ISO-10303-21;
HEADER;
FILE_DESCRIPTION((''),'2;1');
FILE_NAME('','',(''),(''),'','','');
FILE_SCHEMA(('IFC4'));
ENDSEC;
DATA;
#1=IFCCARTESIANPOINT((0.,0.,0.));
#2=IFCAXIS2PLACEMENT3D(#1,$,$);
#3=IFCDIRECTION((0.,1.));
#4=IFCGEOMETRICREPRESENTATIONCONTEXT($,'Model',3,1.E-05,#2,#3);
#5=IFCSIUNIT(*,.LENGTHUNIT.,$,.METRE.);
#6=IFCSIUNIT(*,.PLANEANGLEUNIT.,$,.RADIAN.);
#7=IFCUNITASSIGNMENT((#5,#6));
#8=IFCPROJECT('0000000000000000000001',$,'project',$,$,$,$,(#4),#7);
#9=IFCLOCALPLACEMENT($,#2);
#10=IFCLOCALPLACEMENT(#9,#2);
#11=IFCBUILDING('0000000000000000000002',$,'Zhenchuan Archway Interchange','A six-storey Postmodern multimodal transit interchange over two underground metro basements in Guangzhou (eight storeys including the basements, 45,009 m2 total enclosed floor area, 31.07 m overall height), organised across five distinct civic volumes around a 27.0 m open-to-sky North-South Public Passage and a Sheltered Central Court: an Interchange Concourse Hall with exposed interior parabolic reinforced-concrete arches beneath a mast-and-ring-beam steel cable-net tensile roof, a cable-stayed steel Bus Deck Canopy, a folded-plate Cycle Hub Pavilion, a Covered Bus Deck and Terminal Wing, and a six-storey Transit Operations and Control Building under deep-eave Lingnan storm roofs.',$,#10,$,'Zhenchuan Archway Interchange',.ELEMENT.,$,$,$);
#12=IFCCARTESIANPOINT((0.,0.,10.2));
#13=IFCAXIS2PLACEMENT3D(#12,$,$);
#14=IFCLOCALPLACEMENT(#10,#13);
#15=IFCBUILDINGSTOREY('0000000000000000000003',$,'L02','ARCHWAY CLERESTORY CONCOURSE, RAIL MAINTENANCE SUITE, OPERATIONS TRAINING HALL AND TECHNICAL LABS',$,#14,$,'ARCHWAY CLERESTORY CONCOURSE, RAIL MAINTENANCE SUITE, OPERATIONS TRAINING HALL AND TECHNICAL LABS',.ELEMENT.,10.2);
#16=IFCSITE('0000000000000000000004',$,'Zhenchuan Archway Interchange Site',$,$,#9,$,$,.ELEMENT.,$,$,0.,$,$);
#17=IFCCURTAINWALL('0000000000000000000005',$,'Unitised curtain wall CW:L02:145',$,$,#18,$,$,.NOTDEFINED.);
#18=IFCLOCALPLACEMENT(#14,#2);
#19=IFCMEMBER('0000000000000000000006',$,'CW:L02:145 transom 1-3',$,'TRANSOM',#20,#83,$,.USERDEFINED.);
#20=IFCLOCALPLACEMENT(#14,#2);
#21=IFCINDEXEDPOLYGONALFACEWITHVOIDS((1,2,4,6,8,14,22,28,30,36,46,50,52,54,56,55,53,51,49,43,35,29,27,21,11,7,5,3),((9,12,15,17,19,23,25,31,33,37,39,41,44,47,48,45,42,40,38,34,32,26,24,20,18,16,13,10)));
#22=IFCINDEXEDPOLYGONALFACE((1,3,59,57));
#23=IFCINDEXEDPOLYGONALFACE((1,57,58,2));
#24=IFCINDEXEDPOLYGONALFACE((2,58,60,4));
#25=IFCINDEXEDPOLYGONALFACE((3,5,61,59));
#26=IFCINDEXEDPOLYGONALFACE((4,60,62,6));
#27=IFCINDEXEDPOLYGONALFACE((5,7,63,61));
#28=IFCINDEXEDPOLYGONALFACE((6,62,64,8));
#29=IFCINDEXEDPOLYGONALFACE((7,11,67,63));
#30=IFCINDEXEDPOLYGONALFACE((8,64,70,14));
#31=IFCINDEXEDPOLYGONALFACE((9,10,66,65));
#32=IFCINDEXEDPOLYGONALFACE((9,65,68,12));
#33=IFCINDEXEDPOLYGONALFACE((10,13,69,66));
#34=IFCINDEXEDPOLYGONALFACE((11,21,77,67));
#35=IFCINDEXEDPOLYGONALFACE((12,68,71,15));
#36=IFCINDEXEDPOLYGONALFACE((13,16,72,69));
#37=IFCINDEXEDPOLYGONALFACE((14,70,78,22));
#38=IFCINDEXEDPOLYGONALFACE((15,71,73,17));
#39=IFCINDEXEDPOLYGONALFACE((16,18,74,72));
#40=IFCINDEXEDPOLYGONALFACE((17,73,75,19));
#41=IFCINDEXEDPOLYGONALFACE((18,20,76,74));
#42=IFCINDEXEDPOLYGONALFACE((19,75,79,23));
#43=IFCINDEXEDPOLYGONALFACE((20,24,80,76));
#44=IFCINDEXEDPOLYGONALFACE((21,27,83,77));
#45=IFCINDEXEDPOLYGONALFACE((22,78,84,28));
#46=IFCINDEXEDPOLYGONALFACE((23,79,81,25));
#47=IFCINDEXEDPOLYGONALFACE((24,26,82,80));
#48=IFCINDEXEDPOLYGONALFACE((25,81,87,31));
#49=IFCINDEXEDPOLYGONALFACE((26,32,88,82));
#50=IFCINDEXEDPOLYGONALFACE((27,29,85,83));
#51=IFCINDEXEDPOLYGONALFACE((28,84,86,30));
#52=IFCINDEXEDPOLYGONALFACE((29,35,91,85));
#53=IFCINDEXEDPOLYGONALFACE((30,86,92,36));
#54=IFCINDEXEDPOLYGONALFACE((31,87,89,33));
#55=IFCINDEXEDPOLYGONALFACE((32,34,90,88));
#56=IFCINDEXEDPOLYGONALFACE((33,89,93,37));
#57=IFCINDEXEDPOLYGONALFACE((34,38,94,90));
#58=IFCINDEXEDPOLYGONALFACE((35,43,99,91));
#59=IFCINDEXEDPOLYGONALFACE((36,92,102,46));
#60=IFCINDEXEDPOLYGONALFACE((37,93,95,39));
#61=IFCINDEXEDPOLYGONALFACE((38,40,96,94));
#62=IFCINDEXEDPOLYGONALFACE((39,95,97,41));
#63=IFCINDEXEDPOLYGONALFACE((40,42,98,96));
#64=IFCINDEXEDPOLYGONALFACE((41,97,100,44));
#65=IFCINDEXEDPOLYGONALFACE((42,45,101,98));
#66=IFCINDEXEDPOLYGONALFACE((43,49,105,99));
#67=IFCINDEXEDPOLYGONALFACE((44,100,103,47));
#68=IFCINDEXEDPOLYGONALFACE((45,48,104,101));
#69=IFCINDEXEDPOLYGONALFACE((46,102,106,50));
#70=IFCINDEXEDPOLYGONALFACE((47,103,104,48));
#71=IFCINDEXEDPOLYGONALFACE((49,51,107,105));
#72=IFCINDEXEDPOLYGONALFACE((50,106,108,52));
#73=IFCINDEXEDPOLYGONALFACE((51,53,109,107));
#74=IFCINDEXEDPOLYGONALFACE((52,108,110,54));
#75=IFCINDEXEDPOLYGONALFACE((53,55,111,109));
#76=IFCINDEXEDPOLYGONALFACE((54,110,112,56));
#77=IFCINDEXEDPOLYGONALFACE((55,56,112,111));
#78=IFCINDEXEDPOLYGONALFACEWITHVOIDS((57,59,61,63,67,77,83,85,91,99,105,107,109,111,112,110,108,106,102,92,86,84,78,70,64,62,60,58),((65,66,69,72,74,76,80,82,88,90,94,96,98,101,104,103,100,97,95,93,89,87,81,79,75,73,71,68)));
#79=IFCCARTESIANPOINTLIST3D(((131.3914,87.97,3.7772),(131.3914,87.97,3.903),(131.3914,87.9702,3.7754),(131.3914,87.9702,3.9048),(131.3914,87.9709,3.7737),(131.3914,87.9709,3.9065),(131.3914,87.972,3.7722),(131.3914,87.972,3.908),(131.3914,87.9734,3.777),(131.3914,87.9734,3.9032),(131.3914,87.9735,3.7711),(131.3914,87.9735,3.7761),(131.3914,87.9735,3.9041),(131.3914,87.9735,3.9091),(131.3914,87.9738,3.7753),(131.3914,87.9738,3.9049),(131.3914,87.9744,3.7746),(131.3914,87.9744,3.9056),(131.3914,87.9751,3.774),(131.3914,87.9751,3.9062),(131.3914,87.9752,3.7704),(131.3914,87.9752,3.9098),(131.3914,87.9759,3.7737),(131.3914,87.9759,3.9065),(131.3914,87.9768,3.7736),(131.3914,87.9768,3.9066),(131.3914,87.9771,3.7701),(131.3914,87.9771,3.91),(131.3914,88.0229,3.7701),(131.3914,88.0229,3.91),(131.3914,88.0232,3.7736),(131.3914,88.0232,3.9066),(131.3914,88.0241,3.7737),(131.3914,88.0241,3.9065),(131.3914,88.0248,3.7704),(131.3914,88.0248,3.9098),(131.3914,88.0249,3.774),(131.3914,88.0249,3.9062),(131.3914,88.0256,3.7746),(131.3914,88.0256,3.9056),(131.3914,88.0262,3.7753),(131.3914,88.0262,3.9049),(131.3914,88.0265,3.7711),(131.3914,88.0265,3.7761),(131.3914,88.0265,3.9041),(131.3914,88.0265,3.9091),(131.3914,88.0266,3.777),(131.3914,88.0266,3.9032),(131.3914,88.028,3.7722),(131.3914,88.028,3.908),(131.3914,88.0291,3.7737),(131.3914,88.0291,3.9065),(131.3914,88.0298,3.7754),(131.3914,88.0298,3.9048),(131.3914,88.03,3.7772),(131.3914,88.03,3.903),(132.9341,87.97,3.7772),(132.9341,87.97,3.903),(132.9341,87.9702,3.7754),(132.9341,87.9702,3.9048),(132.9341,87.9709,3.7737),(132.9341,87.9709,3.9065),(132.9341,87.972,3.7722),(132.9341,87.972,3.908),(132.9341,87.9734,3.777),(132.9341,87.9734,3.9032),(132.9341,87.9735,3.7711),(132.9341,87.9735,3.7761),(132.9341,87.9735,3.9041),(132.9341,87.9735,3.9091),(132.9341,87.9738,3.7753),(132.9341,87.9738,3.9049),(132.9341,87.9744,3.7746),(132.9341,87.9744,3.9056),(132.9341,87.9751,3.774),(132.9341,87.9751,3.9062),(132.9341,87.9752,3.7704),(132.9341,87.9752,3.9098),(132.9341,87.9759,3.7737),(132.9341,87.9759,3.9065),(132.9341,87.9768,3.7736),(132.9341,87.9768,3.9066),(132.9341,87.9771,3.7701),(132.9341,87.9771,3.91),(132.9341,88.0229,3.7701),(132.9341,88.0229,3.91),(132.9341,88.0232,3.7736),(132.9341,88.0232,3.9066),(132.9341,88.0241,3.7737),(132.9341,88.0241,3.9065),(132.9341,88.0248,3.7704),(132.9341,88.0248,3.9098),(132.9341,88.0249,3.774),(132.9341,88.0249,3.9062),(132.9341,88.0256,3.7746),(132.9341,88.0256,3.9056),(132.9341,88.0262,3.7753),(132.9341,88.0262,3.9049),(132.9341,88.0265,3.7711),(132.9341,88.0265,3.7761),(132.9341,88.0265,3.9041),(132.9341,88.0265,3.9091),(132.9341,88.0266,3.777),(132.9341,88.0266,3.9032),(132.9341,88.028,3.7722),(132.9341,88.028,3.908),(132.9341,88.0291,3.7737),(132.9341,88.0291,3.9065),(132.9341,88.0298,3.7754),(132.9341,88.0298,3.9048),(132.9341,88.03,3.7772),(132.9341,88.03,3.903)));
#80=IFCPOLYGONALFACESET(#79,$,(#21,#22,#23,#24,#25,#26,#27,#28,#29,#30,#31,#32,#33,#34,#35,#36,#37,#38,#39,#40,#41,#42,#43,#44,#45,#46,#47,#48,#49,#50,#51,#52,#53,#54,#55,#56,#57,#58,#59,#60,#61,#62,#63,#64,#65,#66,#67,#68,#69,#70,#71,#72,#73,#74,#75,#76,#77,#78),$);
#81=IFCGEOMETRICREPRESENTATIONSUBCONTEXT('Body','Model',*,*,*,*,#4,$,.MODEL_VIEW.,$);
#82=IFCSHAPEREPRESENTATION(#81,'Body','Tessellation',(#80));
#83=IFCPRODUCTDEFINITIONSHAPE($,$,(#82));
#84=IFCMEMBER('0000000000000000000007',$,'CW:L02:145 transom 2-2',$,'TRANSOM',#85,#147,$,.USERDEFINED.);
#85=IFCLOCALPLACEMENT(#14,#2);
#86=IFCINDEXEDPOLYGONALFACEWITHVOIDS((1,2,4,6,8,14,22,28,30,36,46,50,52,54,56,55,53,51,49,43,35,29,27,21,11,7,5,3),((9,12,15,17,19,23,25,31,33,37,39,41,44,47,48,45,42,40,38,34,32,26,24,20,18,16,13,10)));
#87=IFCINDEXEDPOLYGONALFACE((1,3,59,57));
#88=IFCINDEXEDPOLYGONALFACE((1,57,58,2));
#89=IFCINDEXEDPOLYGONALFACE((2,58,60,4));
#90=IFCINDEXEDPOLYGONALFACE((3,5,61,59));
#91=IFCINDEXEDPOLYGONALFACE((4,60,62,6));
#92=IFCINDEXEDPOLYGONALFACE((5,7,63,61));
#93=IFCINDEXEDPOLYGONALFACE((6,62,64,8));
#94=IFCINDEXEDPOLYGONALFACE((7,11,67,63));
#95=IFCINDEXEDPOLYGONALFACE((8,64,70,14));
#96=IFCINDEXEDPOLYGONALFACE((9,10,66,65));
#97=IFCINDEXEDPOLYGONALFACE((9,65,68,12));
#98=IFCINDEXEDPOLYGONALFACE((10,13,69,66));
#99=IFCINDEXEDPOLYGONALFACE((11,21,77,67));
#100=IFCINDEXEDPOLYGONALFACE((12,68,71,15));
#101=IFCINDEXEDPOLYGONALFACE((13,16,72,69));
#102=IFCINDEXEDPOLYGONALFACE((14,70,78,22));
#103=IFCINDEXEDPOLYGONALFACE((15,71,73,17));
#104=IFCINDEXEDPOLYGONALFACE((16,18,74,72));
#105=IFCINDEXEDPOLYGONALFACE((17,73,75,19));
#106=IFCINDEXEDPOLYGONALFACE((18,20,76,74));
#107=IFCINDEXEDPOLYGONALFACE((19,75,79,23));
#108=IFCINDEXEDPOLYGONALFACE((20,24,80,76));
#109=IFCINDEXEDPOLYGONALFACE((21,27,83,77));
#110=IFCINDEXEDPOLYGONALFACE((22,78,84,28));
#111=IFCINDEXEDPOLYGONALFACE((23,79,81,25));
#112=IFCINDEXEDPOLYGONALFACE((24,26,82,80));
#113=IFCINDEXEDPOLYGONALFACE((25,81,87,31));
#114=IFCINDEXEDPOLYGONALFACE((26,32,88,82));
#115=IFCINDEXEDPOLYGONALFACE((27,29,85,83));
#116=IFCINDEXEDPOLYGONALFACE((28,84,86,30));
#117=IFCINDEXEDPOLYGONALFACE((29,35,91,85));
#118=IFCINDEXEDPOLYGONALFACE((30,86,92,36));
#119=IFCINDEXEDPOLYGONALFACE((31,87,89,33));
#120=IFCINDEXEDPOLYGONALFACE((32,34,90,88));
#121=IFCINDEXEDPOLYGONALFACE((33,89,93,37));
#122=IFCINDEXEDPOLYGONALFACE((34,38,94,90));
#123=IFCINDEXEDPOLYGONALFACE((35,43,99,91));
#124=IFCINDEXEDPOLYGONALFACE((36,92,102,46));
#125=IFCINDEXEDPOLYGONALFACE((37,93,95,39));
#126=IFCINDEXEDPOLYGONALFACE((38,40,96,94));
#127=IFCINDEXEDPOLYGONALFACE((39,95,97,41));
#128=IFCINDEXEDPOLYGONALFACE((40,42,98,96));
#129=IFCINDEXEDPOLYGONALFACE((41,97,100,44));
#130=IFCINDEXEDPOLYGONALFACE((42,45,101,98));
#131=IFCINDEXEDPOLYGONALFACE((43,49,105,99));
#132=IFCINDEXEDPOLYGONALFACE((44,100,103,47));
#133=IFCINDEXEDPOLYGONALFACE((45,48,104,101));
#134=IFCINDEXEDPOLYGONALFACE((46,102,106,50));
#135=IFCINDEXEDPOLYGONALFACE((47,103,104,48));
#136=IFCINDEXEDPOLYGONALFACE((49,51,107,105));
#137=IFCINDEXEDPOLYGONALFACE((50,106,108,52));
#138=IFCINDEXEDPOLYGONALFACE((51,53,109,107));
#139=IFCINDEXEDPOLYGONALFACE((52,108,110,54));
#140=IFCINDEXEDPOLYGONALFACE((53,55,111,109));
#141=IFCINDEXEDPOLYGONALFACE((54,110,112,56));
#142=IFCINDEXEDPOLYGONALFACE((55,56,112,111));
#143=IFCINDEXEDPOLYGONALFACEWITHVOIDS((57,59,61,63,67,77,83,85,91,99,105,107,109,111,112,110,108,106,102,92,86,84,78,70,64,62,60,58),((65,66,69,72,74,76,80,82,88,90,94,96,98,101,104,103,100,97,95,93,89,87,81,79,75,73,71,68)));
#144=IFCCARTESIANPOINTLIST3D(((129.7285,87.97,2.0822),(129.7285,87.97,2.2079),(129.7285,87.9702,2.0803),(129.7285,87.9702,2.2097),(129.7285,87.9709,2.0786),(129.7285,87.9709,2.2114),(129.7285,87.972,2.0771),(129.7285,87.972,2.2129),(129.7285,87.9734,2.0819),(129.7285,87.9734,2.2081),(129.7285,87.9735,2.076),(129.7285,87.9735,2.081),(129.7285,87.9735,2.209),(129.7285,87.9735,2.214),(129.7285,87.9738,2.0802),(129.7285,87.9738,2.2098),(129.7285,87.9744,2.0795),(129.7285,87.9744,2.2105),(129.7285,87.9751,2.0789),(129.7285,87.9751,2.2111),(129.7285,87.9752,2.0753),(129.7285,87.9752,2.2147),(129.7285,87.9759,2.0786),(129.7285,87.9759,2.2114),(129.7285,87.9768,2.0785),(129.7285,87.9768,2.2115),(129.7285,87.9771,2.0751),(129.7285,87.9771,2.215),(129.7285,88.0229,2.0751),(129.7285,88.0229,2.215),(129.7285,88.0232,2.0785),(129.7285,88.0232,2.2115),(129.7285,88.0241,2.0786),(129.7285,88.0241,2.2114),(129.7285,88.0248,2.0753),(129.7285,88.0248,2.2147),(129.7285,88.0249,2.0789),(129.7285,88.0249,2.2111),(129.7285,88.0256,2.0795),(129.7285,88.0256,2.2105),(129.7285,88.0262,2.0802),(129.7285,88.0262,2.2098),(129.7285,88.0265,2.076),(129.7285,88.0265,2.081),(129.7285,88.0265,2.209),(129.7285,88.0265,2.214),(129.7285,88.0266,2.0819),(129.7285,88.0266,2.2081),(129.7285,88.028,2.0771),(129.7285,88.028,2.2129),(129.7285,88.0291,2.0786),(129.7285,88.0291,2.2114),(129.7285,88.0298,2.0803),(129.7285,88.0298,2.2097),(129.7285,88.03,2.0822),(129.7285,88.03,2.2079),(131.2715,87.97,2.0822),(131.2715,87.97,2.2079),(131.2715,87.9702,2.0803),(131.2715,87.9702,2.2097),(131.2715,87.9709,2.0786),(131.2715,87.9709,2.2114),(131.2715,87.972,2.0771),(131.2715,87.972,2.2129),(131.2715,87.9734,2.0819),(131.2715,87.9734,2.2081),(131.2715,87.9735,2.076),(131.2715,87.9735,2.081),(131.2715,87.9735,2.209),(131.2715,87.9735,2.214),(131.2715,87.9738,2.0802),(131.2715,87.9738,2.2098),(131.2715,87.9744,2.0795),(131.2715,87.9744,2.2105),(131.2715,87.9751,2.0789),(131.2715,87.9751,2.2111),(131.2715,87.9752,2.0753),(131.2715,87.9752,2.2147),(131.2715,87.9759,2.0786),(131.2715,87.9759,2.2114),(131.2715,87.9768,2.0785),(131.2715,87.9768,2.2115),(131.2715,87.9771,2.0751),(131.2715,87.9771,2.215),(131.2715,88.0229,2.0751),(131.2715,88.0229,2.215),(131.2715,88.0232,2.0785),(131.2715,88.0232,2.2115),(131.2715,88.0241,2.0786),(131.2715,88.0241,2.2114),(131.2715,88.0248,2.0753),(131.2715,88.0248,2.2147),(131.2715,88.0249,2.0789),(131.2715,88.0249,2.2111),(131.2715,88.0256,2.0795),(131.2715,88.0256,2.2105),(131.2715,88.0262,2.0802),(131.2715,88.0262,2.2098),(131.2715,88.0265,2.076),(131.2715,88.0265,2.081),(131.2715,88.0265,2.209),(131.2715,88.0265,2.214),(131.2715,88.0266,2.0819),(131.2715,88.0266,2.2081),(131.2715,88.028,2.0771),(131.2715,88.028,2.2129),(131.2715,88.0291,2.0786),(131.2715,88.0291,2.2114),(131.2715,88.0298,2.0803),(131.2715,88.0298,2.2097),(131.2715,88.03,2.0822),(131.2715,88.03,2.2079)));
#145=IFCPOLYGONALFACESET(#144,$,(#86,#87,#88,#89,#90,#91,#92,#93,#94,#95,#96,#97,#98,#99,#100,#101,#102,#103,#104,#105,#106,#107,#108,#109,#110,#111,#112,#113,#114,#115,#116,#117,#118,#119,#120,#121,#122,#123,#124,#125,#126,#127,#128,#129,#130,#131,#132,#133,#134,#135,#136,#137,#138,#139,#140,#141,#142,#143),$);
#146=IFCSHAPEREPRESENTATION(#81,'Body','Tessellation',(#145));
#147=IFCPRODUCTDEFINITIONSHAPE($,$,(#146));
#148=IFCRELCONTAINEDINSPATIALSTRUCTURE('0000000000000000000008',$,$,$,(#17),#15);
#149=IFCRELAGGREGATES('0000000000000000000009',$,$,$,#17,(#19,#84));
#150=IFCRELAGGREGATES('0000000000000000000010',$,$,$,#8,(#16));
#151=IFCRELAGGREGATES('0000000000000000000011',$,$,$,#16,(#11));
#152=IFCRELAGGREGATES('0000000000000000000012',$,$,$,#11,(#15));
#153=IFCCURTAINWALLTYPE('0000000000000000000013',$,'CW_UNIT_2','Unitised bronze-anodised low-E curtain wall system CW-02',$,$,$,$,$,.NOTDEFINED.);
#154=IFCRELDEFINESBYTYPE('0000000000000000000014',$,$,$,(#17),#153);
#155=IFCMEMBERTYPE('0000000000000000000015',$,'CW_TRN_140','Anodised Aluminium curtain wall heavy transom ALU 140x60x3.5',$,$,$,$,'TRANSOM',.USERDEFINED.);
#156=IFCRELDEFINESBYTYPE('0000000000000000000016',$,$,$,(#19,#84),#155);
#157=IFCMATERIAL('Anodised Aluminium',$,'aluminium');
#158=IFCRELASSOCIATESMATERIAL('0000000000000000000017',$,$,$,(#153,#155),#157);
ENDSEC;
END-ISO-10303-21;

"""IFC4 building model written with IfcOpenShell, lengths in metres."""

from ifc_helpers import new_model, si_unit, direction, frame, origin, origin_2d, place, context, subcontext, project, spatial, hollow_rectangle, extrude, material, material_profile, profile_set, type_object, element, aggregate, save


model = new_model("IFC4")

# Units and contexts
model_context = context("Model", 3, precision=1e-05, world=origin(), true_north=direction((0.0, 1.0)))
body_context = subcontext(model_context, "Body", "Model", "MODEL_VIEW")
ifc_project = project(units=[si_unit("LENGTHUNIT", "METRE"), si_unit("PLANEANGLEUNIT", "RADIAN")], contexts=[model_context])

# Site, building, storey
site_placement = place(None, origin())
site = spatial("IfcSite", under=ifc_project, at=site_placement, Name="Zhenchuan Archway Interchange Site", CompositionType="ELEMENT", RefElevation=0.0)
building_placement = place(site_placement, origin())
building = spatial("IfcBuilding", under=site, at=building_placement, Name="Zhenchuan Archway Interchange", Description="A six-storey Postmodern multimodal transit interchange over two underground metro basements in Guangzhou (eight storeys including the basements, 45,009 m2 total enclosed floor area, 31.07 m overall height), organised across five distinct civic volumes around a 27.0 m open-to-sky North-South Public Passage and a Sheltered Central Court: an Interchange Concourse Hall with exposed interior parabolic reinforced-concrete arches beneath a mast-and-ring-beam steel cable-net tensile roof, a cable-stayed steel Bus Deck Canopy, a folded-plate Cycle Hub Pavilion, a Covered Bus Deck and Terminal Wing, and a six-storey Transit Operations and Control Building under deep-eave Lingnan storm roofs.", LongName="Zhenchuan Archway Interchange", CompositionType="ELEMENT")
storey_placement = place(building_placement, frame((0.0, 0.0, 10.2)))
storey = spatial("IfcBuildingStorey", under=building, at=storey_placement, Name="L02", Description="ARCHWAY CLERESTORY CONCOURSE, RAIL MAINTENANCE SUITE, OPERATIONS TRAINING HALL AND TECHNICAL LABS", LongName="ARCHWAY CLERESTORY CONCOURSE, RAIL MAINTENANCE SUITE, OPERATIONS TRAINING HALL AND TECHNICAL LABS", CompositionType="ELEMENT", Elevation=10.2)

# Curtain wall, members
ifc_material_1 = material(Name="Anodised Aluminium", Category="aluminium")
curtain_wall_type = type_object("IfcCurtainWallType", Name="CW_UNIT_2", Description="Unitised bronze-anodised low-E curtain wall system CW-02", PredefinedType="NOTDEFINED", material=ifc_material_1)
curtain_wall_placement = place(storey_placement, origin())
curtain_wall = element("IfcCurtainWall", 1, at=curtain_wall_placement, inside=storey, type_object=curtain_wall_type, Name="Unitised curtain wall CW:L02:145", PredefinedType="NOTDEFINED")
ifc_material_profile_1 = material_profile(ifc_material_1, hollow_rectangle(XDim=0.0601, YDim=0.1399, WallThickness=0.0034, InnerFilletRadius=0.0034, OuterFilletRadius=0.0071, at=origin_2d()), Name="ALU 140x60x3.5")
ifc_profile_set_1 = profile_set([ifc_material_profile_1], Name="Anodised Aluminium")
member_type_1 = type_object("IfcMemberType", Name="CW_TRN_140", Description="Anodised Aluminium curtain wall heavy transom ALU 140x60x3.5", ElementType="TRANSOM", PredefinedType="USERDEFINED", material=ifc_profile_set_1)
member_1_placement = place(storey_placement, frame((132.9341, 88.0, 3.8401), z_axis=(-1.0, 0.0, 0.0), x_axis=(0.0, -1.0, 0.0)))
member_1 = element("IfcMember", 2, at=member_1_placement, type_object=member_type_1, Name="CW:L02:145 transom 1-3", ObjectType="TRANSOM", PredefinedType="USERDEFINED", context=body_context, shape_type="SweptSolid", body=[
    extrude(hollow_rectangle(XDim=0.0601, YDim=0.1399, WallThickness=0.0034, InnerFilletRadius=0.0034, OuterFilletRadius=0.0071, at=origin_2d()), origin(), (0.0, 0.0, 1.0), 1.5427),
])
member_2_placement = place(storey_placement, frame((131.2715, 88.0, 2.145), z_axis=(-1.0, 0.0, 0.0), x_axis=(0.0, -1.0, 0.0)))
member_2 = element("IfcMember", 3, at=member_2_placement, type_object=member_type_1, Name="CW:L02:145 transom 2-2", ObjectType="TRANSOM", PredefinedType="USERDEFINED", context=body_context, shape_type="SweptSolid", body=[
    extrude(hollow_rectangle(XDim=0.0601, YDim=0.1399, WallThickness=0.0034, InnerFilletRadius=0.0034, OuterFilletRadius=0.0071, at=origin_2d()), origin(), (0.0, 0.0, 1.0), 1.543),
])

aggregate(curtain_wall, [member_1, member_2])

save(model, "model.ifc")
